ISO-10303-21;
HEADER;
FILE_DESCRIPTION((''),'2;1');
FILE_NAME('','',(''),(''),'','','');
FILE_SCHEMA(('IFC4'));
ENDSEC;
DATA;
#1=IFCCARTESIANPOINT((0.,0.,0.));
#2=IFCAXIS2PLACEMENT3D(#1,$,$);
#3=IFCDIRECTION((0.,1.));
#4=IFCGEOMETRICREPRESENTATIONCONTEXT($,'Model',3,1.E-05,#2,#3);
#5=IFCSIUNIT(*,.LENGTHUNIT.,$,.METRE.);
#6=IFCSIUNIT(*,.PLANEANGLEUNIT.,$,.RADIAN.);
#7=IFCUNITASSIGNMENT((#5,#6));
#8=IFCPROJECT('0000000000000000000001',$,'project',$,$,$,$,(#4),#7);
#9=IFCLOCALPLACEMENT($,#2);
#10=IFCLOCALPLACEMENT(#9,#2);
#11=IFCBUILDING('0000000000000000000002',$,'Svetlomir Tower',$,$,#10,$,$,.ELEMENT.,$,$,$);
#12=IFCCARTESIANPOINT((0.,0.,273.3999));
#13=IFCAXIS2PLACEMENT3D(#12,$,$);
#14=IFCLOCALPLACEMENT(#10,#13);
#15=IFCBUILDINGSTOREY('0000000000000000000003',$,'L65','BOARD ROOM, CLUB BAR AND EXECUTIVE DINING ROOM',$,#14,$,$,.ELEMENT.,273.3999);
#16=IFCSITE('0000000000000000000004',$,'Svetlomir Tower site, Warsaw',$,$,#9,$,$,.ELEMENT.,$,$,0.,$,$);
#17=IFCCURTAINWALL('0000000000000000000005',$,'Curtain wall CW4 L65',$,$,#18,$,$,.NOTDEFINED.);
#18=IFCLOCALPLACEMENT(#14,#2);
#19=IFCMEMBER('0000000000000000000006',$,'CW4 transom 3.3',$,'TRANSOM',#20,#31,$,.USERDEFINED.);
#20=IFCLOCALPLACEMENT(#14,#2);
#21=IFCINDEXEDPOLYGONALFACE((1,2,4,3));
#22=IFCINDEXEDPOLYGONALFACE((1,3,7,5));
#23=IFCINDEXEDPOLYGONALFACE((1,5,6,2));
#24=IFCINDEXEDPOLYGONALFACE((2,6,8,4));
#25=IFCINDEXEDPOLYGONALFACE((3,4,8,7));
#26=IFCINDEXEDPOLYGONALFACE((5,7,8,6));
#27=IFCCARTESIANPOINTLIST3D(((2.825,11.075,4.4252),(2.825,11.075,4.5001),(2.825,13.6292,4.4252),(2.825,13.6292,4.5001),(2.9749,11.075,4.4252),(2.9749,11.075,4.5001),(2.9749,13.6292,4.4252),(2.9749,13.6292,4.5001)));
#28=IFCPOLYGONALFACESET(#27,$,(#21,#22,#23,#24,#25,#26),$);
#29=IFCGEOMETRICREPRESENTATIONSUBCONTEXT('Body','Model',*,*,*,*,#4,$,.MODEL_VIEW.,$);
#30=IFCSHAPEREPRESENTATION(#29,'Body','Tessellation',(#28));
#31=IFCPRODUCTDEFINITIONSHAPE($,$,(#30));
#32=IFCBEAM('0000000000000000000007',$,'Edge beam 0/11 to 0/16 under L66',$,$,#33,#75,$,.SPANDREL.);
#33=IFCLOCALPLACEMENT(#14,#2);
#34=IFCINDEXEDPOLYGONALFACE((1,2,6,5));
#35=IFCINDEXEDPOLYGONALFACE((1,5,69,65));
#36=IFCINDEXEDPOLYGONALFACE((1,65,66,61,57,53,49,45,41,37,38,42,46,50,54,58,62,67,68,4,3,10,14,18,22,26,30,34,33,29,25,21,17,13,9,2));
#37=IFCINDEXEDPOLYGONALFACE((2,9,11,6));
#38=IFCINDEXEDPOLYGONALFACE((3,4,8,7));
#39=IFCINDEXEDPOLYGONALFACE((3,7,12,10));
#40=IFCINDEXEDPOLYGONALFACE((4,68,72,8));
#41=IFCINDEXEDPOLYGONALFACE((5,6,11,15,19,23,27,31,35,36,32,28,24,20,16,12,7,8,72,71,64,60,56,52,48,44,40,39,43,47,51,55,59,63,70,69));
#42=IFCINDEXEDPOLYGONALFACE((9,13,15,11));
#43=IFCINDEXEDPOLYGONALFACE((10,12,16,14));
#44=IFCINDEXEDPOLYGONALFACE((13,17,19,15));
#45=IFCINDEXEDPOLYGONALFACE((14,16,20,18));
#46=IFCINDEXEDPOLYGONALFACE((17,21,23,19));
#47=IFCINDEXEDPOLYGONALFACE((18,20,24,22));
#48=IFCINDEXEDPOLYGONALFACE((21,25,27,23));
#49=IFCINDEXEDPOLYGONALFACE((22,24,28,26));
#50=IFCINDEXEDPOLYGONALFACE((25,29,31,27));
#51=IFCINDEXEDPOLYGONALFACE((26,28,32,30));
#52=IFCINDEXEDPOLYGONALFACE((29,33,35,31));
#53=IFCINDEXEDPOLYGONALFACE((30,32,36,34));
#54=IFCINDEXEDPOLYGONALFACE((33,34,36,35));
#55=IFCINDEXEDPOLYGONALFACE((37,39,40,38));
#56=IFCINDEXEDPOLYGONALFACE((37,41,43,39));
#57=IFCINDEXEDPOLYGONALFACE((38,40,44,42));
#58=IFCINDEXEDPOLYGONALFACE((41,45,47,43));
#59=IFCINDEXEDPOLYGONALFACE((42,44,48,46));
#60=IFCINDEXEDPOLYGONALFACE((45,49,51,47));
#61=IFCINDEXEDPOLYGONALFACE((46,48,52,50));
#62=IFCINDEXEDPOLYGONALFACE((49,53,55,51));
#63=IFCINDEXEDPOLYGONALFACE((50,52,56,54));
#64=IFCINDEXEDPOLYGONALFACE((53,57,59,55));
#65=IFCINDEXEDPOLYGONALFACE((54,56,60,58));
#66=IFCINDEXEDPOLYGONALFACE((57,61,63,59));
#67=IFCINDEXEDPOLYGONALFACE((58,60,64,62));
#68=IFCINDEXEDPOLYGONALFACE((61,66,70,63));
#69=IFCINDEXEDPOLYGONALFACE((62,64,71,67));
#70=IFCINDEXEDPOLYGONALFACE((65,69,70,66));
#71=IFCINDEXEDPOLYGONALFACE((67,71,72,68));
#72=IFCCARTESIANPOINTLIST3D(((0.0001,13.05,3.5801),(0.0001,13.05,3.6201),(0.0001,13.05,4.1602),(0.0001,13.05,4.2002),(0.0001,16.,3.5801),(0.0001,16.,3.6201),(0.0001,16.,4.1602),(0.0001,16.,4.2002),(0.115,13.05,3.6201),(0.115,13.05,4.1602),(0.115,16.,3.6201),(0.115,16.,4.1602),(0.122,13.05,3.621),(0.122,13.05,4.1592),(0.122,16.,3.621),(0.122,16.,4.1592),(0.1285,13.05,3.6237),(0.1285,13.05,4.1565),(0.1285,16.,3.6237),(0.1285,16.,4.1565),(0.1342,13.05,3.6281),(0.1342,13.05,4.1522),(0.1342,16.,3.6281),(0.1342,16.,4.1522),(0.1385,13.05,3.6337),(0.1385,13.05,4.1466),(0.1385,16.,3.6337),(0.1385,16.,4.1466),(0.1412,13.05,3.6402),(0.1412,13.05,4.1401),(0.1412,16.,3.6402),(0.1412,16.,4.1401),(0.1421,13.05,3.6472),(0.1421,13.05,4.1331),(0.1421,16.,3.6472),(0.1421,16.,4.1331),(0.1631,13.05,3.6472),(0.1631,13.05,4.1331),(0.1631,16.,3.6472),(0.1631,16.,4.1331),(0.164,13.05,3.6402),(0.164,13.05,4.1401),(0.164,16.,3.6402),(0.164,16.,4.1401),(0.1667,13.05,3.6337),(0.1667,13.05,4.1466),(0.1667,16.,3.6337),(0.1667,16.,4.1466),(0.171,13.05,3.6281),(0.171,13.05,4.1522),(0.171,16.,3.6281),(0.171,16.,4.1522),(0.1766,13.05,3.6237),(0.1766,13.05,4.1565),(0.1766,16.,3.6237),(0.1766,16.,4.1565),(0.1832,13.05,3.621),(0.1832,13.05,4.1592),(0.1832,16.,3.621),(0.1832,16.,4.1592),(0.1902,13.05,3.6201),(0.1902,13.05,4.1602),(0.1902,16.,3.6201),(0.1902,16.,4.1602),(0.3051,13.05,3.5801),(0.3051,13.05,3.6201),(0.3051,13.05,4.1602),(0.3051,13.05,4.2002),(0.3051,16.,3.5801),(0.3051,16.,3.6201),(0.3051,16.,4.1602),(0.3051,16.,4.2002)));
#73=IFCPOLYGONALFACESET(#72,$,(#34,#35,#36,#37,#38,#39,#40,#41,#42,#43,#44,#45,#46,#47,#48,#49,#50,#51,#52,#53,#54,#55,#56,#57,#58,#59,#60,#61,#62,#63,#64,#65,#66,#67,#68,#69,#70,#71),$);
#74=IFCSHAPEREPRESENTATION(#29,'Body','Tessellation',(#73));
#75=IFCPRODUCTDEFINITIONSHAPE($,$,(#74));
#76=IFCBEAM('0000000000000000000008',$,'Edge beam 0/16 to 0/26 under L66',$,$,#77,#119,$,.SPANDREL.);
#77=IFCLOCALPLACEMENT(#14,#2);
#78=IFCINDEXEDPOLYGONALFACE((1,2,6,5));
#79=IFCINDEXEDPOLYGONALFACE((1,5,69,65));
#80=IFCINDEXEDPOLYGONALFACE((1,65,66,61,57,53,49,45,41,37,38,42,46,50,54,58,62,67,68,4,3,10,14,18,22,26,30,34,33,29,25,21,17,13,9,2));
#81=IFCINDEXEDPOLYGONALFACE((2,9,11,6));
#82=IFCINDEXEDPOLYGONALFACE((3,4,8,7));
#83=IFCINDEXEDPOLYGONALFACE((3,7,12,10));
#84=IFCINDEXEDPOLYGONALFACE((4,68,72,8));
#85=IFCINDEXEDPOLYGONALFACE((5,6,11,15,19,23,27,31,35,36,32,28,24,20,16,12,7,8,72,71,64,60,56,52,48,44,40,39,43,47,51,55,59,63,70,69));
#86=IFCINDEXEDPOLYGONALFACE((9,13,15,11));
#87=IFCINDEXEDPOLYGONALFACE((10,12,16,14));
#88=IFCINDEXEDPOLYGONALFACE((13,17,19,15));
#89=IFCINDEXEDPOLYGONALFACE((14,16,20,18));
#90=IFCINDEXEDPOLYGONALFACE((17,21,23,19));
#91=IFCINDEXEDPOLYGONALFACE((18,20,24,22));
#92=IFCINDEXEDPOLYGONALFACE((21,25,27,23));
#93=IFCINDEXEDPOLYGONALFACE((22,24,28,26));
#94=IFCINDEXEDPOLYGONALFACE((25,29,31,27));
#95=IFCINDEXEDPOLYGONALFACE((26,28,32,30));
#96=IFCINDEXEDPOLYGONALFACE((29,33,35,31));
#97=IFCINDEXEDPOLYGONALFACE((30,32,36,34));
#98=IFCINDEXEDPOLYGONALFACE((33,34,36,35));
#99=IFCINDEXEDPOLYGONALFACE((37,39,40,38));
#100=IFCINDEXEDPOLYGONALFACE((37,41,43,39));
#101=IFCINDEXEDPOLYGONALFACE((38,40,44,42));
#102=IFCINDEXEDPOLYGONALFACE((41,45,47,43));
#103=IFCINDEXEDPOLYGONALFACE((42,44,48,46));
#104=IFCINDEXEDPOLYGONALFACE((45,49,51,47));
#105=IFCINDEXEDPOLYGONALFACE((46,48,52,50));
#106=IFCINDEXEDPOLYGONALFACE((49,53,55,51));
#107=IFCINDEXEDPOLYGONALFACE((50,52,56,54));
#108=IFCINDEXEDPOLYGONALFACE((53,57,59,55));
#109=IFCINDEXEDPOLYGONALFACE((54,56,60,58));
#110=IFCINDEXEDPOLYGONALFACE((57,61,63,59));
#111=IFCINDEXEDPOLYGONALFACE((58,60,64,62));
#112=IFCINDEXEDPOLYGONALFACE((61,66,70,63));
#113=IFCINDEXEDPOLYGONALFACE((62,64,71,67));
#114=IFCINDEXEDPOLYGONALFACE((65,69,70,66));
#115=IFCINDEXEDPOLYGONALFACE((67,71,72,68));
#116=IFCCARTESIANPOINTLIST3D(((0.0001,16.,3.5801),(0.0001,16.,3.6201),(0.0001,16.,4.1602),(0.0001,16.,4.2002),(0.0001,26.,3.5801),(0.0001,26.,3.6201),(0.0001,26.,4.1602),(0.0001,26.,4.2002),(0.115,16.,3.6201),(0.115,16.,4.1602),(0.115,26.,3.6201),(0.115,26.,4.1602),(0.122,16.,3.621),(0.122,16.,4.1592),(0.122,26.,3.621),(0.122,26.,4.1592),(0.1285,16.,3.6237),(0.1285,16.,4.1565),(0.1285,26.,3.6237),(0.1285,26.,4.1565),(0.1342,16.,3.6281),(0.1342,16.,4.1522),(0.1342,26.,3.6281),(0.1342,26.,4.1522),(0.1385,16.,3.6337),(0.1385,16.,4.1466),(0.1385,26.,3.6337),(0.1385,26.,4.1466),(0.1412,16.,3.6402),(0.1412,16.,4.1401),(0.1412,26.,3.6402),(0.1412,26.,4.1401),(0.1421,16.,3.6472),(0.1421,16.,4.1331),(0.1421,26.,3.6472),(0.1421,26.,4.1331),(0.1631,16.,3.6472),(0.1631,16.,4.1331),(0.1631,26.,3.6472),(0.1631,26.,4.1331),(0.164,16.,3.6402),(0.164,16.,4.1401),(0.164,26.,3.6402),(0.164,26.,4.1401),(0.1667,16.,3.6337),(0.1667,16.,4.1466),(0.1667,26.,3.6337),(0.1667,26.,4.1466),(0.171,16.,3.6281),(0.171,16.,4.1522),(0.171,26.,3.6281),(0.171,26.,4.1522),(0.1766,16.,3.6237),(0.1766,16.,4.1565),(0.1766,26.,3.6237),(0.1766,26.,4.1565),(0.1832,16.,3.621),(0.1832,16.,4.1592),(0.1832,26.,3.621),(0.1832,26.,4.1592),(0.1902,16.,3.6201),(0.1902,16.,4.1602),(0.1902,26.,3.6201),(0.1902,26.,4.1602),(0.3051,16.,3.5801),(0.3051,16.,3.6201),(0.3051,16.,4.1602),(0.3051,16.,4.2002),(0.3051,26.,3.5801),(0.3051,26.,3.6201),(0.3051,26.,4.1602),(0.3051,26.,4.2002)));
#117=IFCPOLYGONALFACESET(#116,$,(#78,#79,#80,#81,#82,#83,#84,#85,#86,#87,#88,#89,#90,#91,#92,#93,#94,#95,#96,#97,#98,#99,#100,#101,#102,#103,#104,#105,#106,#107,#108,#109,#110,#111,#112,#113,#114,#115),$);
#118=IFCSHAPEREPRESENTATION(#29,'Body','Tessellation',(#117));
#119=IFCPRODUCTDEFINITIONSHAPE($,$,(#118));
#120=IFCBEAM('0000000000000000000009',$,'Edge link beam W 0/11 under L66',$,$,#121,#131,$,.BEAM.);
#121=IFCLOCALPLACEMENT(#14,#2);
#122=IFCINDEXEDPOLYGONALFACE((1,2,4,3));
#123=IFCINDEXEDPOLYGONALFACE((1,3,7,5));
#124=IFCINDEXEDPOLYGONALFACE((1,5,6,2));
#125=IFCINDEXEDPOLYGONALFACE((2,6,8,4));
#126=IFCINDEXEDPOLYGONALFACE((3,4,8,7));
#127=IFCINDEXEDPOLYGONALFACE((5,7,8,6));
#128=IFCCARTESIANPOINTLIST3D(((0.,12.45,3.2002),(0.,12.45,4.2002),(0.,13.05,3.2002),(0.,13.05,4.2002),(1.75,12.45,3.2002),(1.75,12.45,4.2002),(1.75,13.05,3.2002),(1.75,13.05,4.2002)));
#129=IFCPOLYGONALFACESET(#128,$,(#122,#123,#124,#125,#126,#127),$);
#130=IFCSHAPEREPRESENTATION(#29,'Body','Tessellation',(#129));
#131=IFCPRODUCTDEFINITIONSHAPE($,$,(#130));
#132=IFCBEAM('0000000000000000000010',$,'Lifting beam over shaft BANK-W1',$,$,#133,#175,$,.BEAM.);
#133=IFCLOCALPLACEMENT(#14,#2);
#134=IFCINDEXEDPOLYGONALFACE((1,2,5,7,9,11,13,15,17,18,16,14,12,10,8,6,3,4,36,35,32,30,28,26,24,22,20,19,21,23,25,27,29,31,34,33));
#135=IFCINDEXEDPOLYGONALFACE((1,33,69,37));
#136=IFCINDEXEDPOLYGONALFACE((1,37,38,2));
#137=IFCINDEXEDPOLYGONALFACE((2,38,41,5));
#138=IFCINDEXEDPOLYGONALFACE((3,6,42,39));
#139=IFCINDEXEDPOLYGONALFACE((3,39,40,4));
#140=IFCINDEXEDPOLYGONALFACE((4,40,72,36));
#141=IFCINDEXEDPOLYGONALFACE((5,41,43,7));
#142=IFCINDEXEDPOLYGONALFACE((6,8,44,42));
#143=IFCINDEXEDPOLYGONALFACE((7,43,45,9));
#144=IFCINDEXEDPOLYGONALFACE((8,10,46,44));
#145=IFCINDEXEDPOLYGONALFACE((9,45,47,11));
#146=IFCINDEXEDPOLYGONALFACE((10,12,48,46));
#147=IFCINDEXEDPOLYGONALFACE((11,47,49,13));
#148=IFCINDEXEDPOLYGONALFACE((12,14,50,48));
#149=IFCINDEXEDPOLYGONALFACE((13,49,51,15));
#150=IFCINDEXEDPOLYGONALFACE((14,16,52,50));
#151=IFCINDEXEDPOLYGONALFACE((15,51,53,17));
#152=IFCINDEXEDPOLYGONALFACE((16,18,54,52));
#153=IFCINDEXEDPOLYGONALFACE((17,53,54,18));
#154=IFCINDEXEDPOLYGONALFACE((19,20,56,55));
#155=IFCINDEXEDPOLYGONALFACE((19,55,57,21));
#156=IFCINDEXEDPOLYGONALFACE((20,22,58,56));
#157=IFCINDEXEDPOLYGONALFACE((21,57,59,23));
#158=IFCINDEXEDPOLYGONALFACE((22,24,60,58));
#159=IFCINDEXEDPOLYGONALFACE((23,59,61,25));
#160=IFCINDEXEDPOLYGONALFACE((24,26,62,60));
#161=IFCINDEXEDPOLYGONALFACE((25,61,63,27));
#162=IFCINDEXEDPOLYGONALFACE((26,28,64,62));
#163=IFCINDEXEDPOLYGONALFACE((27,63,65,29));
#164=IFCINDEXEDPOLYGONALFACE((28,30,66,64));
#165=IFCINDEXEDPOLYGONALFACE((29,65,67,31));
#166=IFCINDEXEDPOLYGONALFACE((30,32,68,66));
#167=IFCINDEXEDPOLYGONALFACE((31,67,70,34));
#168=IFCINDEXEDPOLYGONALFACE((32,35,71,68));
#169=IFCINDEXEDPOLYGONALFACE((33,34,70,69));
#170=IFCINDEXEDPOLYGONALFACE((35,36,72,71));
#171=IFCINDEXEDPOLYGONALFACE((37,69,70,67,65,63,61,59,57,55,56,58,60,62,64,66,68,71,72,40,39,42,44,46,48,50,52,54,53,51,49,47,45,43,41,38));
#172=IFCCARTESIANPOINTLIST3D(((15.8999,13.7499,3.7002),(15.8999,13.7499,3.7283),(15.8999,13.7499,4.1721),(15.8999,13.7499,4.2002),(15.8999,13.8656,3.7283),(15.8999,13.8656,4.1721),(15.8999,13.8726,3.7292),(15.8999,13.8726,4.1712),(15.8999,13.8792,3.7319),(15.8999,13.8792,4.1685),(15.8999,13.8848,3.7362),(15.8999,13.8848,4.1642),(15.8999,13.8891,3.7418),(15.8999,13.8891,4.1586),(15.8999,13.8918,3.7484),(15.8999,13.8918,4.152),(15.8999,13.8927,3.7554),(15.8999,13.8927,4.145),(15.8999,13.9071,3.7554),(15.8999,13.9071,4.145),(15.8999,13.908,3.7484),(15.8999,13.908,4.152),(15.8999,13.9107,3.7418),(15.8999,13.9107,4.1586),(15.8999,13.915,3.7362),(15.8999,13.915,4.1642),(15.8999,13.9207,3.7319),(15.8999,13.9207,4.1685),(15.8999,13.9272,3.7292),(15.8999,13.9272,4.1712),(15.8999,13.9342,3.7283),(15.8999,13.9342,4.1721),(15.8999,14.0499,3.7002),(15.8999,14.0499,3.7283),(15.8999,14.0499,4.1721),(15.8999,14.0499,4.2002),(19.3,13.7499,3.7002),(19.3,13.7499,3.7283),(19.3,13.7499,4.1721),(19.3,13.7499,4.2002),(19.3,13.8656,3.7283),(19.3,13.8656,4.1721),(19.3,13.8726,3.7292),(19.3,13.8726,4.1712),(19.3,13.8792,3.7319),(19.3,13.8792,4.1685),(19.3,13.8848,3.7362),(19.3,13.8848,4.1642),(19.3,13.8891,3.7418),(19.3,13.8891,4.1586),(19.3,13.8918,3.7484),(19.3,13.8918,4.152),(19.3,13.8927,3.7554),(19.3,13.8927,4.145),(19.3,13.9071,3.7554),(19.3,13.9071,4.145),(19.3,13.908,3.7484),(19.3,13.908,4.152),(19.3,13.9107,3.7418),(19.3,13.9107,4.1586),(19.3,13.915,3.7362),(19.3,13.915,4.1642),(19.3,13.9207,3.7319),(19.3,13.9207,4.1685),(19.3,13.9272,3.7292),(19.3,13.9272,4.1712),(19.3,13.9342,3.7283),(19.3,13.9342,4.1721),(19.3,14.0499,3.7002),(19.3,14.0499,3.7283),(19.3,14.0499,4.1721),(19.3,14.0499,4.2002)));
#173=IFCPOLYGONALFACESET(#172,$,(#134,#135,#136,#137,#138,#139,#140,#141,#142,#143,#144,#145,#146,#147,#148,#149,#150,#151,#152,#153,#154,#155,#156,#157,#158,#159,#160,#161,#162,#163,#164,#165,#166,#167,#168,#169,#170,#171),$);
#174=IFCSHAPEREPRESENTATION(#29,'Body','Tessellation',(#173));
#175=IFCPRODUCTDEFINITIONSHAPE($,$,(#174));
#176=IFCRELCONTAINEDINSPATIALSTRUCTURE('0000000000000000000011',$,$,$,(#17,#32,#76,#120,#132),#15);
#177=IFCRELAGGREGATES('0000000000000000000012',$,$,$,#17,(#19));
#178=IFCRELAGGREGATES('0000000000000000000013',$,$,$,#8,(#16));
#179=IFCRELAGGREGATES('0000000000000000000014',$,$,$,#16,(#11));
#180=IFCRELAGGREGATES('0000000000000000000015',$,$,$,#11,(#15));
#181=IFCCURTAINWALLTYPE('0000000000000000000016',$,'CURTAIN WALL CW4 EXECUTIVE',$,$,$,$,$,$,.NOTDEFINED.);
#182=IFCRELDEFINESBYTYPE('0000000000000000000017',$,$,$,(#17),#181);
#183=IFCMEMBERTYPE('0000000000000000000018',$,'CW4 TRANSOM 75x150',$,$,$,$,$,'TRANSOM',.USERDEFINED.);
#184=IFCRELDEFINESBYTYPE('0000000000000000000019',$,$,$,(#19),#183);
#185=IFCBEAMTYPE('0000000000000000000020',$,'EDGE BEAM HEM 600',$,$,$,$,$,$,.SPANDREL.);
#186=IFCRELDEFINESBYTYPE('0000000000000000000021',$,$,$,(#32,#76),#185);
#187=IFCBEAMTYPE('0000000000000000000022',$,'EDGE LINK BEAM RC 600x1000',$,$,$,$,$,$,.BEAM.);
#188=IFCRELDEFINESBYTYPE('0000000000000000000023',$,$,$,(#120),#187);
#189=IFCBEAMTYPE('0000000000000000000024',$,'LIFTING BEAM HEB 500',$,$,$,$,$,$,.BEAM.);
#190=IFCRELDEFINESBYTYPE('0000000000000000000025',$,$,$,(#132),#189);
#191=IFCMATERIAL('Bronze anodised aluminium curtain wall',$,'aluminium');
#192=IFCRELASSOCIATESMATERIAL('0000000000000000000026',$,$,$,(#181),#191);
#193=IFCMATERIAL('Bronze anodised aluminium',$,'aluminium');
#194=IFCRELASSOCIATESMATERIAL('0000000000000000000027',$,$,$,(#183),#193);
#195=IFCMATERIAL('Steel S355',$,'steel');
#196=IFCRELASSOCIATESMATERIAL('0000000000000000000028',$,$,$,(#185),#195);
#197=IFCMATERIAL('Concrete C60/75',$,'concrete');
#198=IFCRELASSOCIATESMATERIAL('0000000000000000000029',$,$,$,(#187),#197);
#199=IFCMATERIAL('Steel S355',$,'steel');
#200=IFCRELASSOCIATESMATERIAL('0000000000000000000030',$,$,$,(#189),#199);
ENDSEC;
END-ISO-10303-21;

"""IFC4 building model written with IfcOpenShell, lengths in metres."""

from ifc_helpers import new_model, si_unit, direction, frame, origin, origin_2d, place, context, subcontext, project, spatial, rectangle, i_section, extrude, material, material_profile, profile_set, type_object, element, aggregate, save


model = new_model("IFC4")

# Units and contexts
model_context = context("Model", 3, precision=1e-05, world=origin(), true_north=direction((0.0, 1.0)))
body_context = subcontext(model_context, "Body", "Model", "MODEL_VIEW")
ifc_project = project(units=[si_unit("LENGTHUNIT", "METRE"), si_unit("PLANEANGLEUNIT", "RADIAN")], contexts=[model_context])

# Site, building, storey
site_placement = place(None, origin())
site = spatial("IfcSite", under=ifc_project, at=site_placement, Name="Svetlomir Tower site, Warsaw", CompositionType="ELEMENT", RefElevation=0.0)
building_placement = place(site_placement, origin())
building = spatial("IfcBuilding", under=site, at=building_placement, Name="Svetlomir Tower", CompositionType="ELEMENT")
storey_placement = place(building_placement, frame((0.0, 0.0, 273.3999)))
storey = spatial("IfcBuildingStorey", under=building, at=storey_placement, Name="L65", Description="BOARD ROOM, CLUB BAR AND EXECUTIVE DINING ROOM", CompositionType="ELEMENT", Elevation=273.3999)

# Curtain wall, member
ifc_material_1 = material(Name="Bronze anodised aluminium curtain wall", Category="aluminium")
curtain_wall_type = type_object("IfcCurtainWallType", Name="CURTAIN WALL CW4 EXECUTIVE", PredefinedType="NOTDEFINED", material=ifc_material_1)
curtain_wall_placement = place(storey_placement, origin())
curtain_wall = element("IfcCurtainWall", 1, at=curtain_wall_placement, inside=storey, type_object=curtain_wall_type, Name="Curtain wall CW4 L65", PredefinedType="NOTDEFINED")
ifc_material_2 = material(Name="Bronze anodised aluminium", Category="aluminium")
ifc_material_profile_1 = material_profile(ifc_material_2, rectangle(XDim=0.1499, YDim=0.075, at=origin_2d()), Name="AL 150x75")
ifc_profile_set_1 = profile_set([ifc_material_profile_1], Name="Bronze anodised aluminium 6063-T6")
member_type_1 = type_object("IfcMemberType", Name="CW4 TRANSOM 75x150", ElementType="TRANSOM", PredefinedType="USERDEFINED", material=ifc_profile_set_1)
member_1_placement = place(storey_placement, frame((2.8999, 13.6292, 4.4626), z_axis=(0.0, -1.0, 0.0), x_axis=(1.0, 0.0, 0.0)))
member_1 = element("IfcMember", 2, at=member_1_placement, type_object=member_type_1, Name="CW4 transom 3.3", ObjectType="TRANSOM", PredefinedType="USERDEFINED", context=body_context, shape_type="SweptSolid", body=[
    extrude(rectangle(XDim=0.1499, YDim=0.075, at=origin_2d()), origin(), (0.0, 0.0, 1.0), 2.5542),
])

# Beams
ifc_material_3 = material(Name="Steel S355", Category="steel")
ifc_material_profile_2 = material_profile(ifc_material_3, i_section(OverallWidth=0.3049, OverallDepth=0.6201, WebThickness=0.021, FlangeThickness=0.04, FilletRadius=0.0271, at=origin_2d()), Name="HEM 600")
ifc_profile_set_2 = profile_set([ifc_material_profile_2], Name="Steel S355")
beam_type_1 = type_object("IfcBeamType", Name="EDGE BEAM HEM 600", PredefinedType="SPANDREL", material=ifc_profile_set_2)
beam_1_placement = place(storey_placement, frame((0.1526, 13.05, 3.8901), z_axis=(0.0, 1.0, 0.0), x_axis=(-1.0, 0.0, 0.0)))
element("IfcBeam", 3, at=beam_1_placement, inside=storey, type_object=beam_type_1, Name="Edge beam 0/11 to 0/16 under L66", PredefinedType="SPANDREL", context=body_context, shape_type="SweptSolid", body=[
    extrude(i_section(OverallWidth=0.3049, OverallDepth=0.6201, WebThickness=0.021, FlangeThickness=0.04, FilletRadius=0.0271, at=origin_2d()), origin(), (0.0, 0.0, 1.0), 2.95),
])
beam_2_placement = place(storey_placement, frame((0.1526, 16.0, 3.8901), z_axis=(0.0, 1.0, 0.0), x_axis=(-1.0, 0.0, 0.0)))
element("IfcBeam", 4, at=beam_2_placement, inside=storey, type_object=beam_type_1, Name="Edge beam 0/16 to 0/26 under L66", PredefinedType="SPANDREL", context=body_context, shape_type="SweptSolid", body=[
    extrude(i_section(OverallWidth=0.3049, OverallDepth=0.6201, WebThickness=0.021, FlangeThickness=0.04, FilletRadius=0.0271, at=origin_2d()), origin(), (0.0, 0.0, 1.0), 10.0),
])
ifc_material_4 = material(Name="Concrete C60/75", Category="concrete")
ifc_material_profile_3 = material_profile(ifc_material_4, rectangle(XDim=0.6001, YDim=1.0, at=origin_2d()), Name="RC 600x1000")
ifc_profile_set_3 = profile_set([ifc_material_profile_3], Name="Concrete C60/75")
beam_type_2 = type_object("IfcBeamType", Name="EDGE LINK BEAM RC 600x1000", PredefinedType="BEAM", material=ifc_profile_set_3)
beam_3_placement = place(storey_placement, frame((1.75, 12.75, 3.7002), z_axis=(-1.0, 0.0, 0.0), x_axis=(0.0, -1.0, 0.0)))
element("IfcBeam", 5, at=beam_3_placement, inside=storey, type_object=beam_type_2, Name="Edge link beam W 0/11 under L66", PredefinedType="BEAM", context=body_context, shape_type="SweptSolid", body=[
    extrude(rectangle(XDim=0.6001, YDim=1.0, at=origin_2d()), origin(), (0.0, 0.0, 1.0), 1.75),
])
ifc_material_5 = material(Name="Steel S355", Category="steel")
ifc_material_profile_4 = material_profile(ifc_material_5, i_section(OverallWidth=0.3, OverallDepth=0.5, WebThickness=0.0144, FlangeThickness=0.0281, FilletRadius=0.0271, at=origin_2d()), Name="HEB 500")
ifc_profile_set_4 = profile_set([ifc_material_profile_4], Name="Steel S355")
beam_type_3 = type_object("IfcBeamType", Name="LIFTING BEAM HEB 500", PredefinedType="BEAM", material=ifc_profile_set_4)
for number, where, z_axis, x_axis, name in (
    (6, (15.8999, 13.8999, 3.9502), (1.0, 0.0, 0.0), (0.0, 1.0, 0.0), "Lifting beam over shaft BANK-W1"),
):
    element("IfcBeam", number, at=place(storey_placement, frame(where, z_axis=z_axis, x_axis=x_axis)), inside=storey, type_object=beam_type_3, Name=name, PredefinedType="BEAM", context=body_context, shape_type="SweptSolid", body=[
        extrude(i_section(OverallWidth=0.3, OverallDepth=0.5, WebThickness=0.0144, FlangeThickness=0.0281, FilletRadius=0.0271, at=origin_2d()), origin(), (0.0, 0.0, 1.0), 3.4001),
    ])

aggregate(curtain_wall, [member_1])

save(model, "model.ifc")
